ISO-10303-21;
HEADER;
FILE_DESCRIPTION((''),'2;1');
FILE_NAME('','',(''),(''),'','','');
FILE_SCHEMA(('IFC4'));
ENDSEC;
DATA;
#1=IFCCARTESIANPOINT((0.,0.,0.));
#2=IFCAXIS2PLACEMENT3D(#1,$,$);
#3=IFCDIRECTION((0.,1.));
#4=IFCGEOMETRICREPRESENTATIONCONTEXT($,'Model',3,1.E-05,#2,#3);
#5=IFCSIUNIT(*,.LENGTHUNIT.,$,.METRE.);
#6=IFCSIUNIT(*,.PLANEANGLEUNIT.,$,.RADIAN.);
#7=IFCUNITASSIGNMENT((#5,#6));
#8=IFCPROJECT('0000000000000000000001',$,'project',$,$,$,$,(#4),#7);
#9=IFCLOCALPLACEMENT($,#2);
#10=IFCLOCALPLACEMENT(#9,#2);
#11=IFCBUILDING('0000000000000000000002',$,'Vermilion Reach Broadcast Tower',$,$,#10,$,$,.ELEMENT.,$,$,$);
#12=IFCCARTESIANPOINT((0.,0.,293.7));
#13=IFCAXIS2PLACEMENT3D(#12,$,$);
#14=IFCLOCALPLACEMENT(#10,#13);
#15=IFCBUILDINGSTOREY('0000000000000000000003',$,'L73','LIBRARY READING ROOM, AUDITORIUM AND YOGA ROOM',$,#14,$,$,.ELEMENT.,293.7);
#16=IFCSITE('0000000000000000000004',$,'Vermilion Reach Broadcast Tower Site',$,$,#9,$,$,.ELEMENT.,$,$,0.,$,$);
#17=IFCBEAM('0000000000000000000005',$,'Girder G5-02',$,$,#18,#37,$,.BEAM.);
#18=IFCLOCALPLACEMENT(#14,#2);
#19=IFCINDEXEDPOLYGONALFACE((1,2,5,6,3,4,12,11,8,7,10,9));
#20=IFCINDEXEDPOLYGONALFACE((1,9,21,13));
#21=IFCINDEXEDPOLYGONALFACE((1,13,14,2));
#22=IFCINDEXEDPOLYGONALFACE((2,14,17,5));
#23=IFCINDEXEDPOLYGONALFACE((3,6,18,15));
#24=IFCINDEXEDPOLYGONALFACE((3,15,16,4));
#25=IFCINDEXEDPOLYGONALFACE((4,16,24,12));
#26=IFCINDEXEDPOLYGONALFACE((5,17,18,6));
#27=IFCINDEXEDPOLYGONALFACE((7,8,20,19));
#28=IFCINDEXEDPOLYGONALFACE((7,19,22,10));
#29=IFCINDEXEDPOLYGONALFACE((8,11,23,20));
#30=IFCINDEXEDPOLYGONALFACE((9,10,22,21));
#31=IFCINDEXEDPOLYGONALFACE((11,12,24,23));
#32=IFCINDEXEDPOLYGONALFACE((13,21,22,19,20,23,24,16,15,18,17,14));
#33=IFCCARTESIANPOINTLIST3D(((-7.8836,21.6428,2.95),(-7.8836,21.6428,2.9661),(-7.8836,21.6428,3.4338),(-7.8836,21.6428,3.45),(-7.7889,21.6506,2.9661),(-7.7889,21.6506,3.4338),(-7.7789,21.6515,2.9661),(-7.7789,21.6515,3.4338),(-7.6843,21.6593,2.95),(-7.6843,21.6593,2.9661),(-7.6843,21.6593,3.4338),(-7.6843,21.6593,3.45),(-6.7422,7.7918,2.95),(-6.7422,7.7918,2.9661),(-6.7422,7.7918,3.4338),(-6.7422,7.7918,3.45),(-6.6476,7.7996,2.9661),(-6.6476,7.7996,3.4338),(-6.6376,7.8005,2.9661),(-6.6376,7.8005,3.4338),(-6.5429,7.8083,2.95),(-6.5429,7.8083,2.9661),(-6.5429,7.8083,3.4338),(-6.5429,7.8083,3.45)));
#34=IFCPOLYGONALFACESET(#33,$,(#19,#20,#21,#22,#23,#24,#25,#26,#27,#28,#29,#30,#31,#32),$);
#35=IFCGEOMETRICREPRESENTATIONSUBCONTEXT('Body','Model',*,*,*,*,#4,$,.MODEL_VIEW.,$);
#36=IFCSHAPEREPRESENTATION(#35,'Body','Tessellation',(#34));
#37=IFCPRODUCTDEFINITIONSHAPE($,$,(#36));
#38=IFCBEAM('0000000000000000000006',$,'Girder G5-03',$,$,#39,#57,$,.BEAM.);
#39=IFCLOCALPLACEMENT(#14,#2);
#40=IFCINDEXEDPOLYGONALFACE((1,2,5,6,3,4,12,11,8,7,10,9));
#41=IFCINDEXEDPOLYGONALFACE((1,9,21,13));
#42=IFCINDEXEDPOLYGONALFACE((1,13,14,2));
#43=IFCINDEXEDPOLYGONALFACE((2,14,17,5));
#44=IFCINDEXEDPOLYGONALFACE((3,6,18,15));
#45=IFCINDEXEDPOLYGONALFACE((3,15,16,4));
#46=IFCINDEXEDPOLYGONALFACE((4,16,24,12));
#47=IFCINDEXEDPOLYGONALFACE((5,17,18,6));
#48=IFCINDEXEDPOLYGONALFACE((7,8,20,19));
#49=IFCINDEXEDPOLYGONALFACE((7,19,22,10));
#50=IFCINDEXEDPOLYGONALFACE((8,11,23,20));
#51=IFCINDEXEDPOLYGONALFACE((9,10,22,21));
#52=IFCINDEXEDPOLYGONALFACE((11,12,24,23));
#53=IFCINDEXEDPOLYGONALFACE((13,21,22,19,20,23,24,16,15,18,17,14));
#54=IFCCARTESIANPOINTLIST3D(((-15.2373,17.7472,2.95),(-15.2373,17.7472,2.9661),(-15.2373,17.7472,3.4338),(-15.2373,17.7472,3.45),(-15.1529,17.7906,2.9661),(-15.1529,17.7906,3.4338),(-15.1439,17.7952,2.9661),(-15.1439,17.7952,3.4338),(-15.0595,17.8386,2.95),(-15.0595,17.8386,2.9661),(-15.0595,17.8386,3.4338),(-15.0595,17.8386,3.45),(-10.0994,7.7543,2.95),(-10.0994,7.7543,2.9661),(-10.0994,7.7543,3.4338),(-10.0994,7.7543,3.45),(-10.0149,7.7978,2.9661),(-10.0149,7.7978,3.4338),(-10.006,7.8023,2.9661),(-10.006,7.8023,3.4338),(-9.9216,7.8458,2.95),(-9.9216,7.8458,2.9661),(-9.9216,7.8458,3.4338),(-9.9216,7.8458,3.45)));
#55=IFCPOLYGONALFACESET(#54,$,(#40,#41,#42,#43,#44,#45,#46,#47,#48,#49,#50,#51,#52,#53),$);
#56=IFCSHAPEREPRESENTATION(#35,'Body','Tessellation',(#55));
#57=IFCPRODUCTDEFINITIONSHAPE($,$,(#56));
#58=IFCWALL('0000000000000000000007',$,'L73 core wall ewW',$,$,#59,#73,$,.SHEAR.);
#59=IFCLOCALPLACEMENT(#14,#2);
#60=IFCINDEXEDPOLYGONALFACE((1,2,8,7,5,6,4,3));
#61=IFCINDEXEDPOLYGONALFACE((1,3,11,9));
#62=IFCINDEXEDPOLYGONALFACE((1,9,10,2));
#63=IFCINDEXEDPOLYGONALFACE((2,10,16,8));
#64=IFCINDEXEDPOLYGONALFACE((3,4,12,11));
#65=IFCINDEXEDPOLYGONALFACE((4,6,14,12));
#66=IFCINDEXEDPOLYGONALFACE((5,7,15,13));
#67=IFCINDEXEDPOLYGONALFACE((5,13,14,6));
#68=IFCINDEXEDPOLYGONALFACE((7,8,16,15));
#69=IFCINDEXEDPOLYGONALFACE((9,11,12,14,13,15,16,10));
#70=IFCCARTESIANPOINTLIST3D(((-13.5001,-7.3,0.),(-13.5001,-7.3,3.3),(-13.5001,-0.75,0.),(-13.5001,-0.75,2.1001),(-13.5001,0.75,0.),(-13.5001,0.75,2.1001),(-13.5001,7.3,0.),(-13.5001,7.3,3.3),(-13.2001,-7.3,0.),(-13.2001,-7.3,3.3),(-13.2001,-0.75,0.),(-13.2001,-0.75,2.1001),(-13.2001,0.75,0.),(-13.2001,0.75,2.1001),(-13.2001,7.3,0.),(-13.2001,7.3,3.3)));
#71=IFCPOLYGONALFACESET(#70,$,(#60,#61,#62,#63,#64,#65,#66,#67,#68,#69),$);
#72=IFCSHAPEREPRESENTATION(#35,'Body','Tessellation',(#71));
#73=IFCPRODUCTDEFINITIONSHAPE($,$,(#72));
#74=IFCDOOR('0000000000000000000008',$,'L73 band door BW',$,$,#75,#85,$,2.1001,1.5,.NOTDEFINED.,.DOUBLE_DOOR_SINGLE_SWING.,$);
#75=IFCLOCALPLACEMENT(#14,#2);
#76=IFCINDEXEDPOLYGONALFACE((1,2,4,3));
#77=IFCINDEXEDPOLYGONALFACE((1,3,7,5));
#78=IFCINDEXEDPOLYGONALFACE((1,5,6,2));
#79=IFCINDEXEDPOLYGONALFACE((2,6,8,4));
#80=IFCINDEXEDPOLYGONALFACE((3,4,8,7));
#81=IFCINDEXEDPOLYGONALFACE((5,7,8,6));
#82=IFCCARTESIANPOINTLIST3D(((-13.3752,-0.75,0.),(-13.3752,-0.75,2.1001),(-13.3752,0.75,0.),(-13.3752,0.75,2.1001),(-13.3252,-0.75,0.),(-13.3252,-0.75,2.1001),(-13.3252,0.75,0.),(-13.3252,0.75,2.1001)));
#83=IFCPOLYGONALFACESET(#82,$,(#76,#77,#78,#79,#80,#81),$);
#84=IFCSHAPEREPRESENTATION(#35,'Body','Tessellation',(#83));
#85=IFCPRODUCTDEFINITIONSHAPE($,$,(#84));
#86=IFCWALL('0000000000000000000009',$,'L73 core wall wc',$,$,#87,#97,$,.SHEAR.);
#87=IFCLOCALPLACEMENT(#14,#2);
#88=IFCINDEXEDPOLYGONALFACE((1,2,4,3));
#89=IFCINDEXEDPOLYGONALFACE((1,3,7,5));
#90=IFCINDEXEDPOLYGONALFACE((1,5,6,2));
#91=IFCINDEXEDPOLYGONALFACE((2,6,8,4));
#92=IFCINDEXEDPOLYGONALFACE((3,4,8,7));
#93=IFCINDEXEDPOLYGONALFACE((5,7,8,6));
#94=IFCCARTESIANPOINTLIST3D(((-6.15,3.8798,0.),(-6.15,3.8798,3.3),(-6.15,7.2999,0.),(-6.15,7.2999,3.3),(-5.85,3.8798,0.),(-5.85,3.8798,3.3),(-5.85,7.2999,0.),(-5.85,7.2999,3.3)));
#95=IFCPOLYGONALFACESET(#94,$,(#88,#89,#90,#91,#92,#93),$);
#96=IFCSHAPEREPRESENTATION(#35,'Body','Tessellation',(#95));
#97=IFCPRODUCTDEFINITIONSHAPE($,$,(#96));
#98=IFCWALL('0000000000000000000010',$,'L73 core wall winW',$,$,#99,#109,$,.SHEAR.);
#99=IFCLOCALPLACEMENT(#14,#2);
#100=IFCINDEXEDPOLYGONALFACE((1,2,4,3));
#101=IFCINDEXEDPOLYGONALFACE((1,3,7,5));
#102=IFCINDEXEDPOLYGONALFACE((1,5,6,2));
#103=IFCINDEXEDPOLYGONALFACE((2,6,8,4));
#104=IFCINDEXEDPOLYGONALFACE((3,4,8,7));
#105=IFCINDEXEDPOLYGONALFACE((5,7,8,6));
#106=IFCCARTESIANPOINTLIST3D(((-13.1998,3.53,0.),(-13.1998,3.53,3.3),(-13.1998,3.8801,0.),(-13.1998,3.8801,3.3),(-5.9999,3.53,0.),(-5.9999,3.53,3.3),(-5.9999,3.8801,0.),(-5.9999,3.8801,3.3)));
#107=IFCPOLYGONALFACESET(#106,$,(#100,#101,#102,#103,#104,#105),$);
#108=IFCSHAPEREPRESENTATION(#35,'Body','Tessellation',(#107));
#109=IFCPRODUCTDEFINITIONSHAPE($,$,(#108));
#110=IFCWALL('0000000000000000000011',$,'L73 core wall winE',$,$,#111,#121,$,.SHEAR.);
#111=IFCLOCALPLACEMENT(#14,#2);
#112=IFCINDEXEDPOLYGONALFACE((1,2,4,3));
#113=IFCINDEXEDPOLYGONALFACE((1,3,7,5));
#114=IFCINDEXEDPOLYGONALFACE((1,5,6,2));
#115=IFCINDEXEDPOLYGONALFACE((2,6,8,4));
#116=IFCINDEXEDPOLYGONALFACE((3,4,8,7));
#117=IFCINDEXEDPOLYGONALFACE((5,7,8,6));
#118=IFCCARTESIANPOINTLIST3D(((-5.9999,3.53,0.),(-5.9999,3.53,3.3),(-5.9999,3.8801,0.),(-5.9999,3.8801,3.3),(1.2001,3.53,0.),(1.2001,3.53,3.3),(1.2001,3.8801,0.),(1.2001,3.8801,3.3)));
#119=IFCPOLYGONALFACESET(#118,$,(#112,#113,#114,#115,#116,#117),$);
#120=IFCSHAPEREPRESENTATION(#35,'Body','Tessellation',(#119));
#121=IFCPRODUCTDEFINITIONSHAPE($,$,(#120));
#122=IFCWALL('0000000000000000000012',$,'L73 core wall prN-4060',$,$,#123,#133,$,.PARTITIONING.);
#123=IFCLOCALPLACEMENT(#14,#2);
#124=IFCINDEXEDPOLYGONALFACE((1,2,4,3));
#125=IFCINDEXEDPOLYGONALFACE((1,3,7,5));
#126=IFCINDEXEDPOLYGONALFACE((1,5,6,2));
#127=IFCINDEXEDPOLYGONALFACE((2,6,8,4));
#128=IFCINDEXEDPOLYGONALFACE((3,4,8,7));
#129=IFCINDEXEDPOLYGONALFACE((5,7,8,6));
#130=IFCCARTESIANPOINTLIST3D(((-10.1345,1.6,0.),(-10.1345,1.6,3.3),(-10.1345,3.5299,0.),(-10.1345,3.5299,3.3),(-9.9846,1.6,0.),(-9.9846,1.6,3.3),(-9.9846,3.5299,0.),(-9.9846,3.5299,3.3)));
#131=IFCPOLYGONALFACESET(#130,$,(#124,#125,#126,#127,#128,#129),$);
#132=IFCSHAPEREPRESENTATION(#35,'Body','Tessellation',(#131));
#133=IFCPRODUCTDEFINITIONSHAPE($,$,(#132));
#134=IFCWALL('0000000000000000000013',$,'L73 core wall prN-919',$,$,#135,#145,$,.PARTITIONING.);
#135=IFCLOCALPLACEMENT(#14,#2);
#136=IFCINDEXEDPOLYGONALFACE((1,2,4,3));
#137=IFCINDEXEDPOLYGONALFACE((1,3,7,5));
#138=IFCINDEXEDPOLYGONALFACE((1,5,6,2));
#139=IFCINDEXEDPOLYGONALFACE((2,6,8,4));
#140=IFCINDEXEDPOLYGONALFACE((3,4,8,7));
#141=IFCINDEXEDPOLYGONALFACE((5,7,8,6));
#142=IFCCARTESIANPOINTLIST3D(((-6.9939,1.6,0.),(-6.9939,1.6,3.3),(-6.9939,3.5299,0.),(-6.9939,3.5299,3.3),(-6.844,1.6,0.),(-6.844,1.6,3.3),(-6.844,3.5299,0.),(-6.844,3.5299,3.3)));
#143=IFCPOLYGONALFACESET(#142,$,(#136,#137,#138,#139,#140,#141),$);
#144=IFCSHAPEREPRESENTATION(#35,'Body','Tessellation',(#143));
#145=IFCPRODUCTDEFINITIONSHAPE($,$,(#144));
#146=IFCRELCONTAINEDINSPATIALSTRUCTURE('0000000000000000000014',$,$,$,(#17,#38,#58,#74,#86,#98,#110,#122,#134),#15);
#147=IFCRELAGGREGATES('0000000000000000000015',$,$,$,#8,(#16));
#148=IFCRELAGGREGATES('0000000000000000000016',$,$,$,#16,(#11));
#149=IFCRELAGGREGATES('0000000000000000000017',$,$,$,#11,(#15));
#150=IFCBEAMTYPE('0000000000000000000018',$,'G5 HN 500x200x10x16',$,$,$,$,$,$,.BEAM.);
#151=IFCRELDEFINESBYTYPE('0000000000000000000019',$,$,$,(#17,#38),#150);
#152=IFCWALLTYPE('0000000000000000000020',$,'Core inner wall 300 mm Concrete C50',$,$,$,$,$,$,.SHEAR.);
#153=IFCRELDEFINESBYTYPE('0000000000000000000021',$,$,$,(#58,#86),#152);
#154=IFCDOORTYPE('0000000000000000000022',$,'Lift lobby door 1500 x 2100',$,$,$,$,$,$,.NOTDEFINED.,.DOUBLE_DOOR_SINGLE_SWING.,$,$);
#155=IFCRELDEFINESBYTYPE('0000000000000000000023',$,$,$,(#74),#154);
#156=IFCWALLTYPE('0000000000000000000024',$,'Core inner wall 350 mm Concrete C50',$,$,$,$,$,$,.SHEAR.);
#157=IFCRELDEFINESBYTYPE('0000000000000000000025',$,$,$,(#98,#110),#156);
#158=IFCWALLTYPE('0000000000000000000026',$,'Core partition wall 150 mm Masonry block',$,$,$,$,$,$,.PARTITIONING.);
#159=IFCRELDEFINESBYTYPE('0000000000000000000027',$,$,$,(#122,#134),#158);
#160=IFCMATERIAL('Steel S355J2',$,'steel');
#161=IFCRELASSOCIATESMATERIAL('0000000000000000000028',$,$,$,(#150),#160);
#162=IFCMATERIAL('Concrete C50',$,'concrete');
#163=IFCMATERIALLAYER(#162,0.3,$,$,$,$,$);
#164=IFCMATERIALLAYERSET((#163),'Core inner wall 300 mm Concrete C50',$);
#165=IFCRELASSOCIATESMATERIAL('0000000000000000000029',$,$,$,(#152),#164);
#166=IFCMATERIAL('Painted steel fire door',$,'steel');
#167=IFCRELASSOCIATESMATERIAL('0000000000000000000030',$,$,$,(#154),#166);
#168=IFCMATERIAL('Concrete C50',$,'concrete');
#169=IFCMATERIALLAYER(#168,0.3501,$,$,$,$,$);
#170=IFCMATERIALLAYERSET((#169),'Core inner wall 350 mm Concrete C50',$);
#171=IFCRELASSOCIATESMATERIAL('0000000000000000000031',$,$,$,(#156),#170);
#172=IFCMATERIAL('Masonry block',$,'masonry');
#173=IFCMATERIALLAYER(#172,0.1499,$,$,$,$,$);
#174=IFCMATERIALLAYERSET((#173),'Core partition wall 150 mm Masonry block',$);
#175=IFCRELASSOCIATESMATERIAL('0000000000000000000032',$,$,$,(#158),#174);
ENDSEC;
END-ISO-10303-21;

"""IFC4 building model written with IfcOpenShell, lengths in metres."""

from ifc_helpers import new_model, si_unit, direction, frame, frame_2d, origin, origin_2d, place, context, subcontext, project, spatial, rectangle, i_section, extrude, material, layer, layer_set, material_profile, profile_set, type_object, element, fill, save


model = new_model("IFC4")

# Units and contexts
model_context = context("Model", 3, precision=1e-05, world=origin(), true_north=direction((0.0, 1.0)))
body_context = subcontext(model_context, "Body", "Model", "MODEL_VIEW")
ifc_project = project(units=[si_unit("LENGTHUNIT", "METRE"), si_unit("PLANEANGLEUNIT", "RADIAN")], contexts=[model_context])

# Site, building, storey
site_placement = place(None, origin())
site = spatial("IfcSite", under=ifc_project, at=site_placement, Name="Vermilion Reach Broadcast Tower Site", CompositionType="ELEMENT", RefElevation=0.0)
building_placement = place(site_placement, origin())
building = spatial("IfcBuilding", under=site, at=building_placement, Name="Vermilion Reach Broadcast Tower", CompositionType="ELEMENT")
storey_placement = place(building_placement, frame((0.0, 0.0, 293.7)))
storey = spatial("IfcBuildingStorey", under=building, at=storey_placement, Name="L73", Description="LIBRARY READING ROOM, AUDITORIUM AND YOGA ROOM", CompositionType="ELEMENT", Elevation=293.7)

# Beams
ifc_material_1 = material(Name="Steel S355J2", Category="steel")
ifc_material_profile = material_profile(ifc_material_1, i_section(OverallWidth=0.2, OverallDepth=0.5, WebThickness=0.01, FlangeThickness=0.0161, at=origin_2d()), Name="S355J2 HN 500x200x10x16")
ifc_profile_set = profile_set([ifc_material_profile], Name="Steel S355J2")
beam_type = type_object("IfcBeamType", Name="G5 HN 500x200x10x16", PredefinedType="BEAM", material=ifc_profile_set)
beam_1_placement = place(storey_placement, frame((-6.6426, 7.8, 3.2), z_axis=(-0.082124, 0.996622, 0.0), x_axis=(-0.996622, -0.082124, 0.0)))
element("IfcBeam", 1, at=beam_1_placement, inside=storey, type_object=beam_type, Name="Girder G5-02", PredefinedType="BEAM", context=body_context, shape_type="SweptSolid", body=[
    extrude(i_section(OverallWidth=0.2, OverallDepth=0.5, WebThickness=0.01, FlangeThickness=0.0161, at=origin_2d()), origin(), (0.0, 0.0, 1.0), 13.8979),
])
beam_2_placement = place(storey_placement, frame((-10.0105, 7.8, 3.2), z_axis=(-0.457258, 0.889334, 0.0), x_axis=(-0.889334, -0.457258, 0.0)))
element("IfcBeam", 2, at=beam_2_placement, inside=storey, type_object=beam_type, Name="Girder G5-03", PredefinedType="BEAM", context=body_context, shape_type="SweptSolid", body=[
    extrude(i_section(OverallWidth=0.2, OverallDepth=0.5, WebThickness=0.01, FlangeThickness=0.0161, at=origin_2d()), origin(), (0.0, 0.0, 1.0), 11.2363),
])

# Wall, opening, door
ifc_material_2 = material(Name="Concrete C50", Category="concrete")
ifc_layer_1 = layer(ifc_material_2, 0.3)
ifc_layer_set_1 = layer_set([ifc_layer_1], Name="Core inner wall 300 mm Concrete C50")
wall_type_1 = type_object("IfcWallType", Name="Core inner wall 300 mm Concrete C50", PredefinedType="SHEAR", material=ifc_layer_set_1)
wall_1_placement = place(storey_placement, frame((-13.3501, 7.3, 0.0), z_axis=(0.0, 0.0, 1.0), x_axis=(0.0, -1.0, 0.0)))
wall_1 = element("IfcWall", 3, at=wall_1_placement, inside=storey, type_object=wall_type_1, Name="L73 core wall ewW", PredefinedType="SHEAR", context=body_context, shape_type="SweptSolid", body=[
    extrude(rectangle(XDim=14.6001, YDim=0.3, at=frame_2d((7.3, 0.0))), origin(), (0.0, 0.0, 1.0), 3.3),
])
opening_1_placement = place(wall_1_placement, frame((6.55, 0.0, 0.0)))
opening_1 = element("IfcOpeningElement", 4, at=opening_1_placement, cuts=wall_1, PredefinedType="OPENING", context=body_context, shape_type="SweptSolid", body=[
    extrude(rectangle(XDim=1.5, YDim=2.1001, at=frame_2d((0.75, 1.05))), frame((0.0, 0.1599, 0.0), z_axis=(0.0, -1.0, 0.0), x_axis=(1.0, 0.0, 0.0)), (0.0, 0.0, 1.0), 0.3201),
])
ifc_material_3 = material(Name="Painted steel fire door", Category="steel")
door_type_1 = type_object("IfcDoorType", Name="Lift lobby door 1500 x 2100", OperationType="DOUBLE_DOOR_SINGLE_SWING", PredefinedType="NOTDEFINED", material=ifc_material_3)
door_1_placement = place(opening_1_placement, origin())
door_1 = element("IfcDoor", 5, at=door_1_placement, inside=storey, type_object=door_type_1, Name="L73 band door BW", OperationType="DOUBLE_DOOR_SINGLE_SWING", OverallHeight=2.1001, OverallWidth=1.5, PredefinedType="NOTDEFINED", context=body_context, shape_type="SweptSolid", body=[
    extrude(rectangle(XDim=1.5, YDim=2.1001, at=frame_2d((0.75, 1.05))), frame((0.0, 0.0249, 0.0), z_axis=(0.0, -1.0, 0.0), x_axis=(1.0, 0.0, 0.0)), (0.0, 0.0, 1.0), 0.05),
])
fill(opening_1, door_1)

# Walls
wall_2_placement = place(storey_placement, frame((-6.0, 3.8799, 0.0), z_axis=(0.0, 0.0, 1.0), x_axis=(0.0, 1.0, 0.0)))
element("IfcWall", 6, at=wall_2_placement, inside=storey, type_object=wall_type_1, Name="L73 core wall wc", PredefinedType="SHEAR", context=body_context, shape_type="SweptSolid", body=[
    extrude(rectangle(XDim=3.4202, YDim=0.3, at=frame_2d((1.71, 0.0))), origin(), (0.0, 0.0, 1.0), 3.3),
])
ifc_material_4 = material(Name="Concrete C50", Category="concrete")
ifc_layer_2 = layer(ifc_material_4, 0.3501)
ifc_layer_set_2 = layer_set([ifc_layer_2], Name="Core inner wall 350 mm Concrete C50")
wall_type_2 = type_object("IfcWallType", Name="Core inner wall 350 mm Concrete C50", PredefinedType="SHEAR", material=ifc_layer_set_2)
for number, where, z_axis, x_axis, name in (
    (7, (-13.2, 3.7051, 0.0), (0.0, 0.0, 1.0), (1.0, 0.0, 0.0), "L73 core wall winW"),
    (8, (-6.0, 3.7051, 0.0), (0.0, 0.0, 1.0), (1.0, 0.0, 0.0), "L73 core wall winE"),
):
    element("IfcWall", number, at=place(storey_placement, frame(where, z_axis=z_axis, x_axis=x_axis)), inside=storey, type_object=wall_type_2, Name=name, PredefinedType="SHEAR", context=body_context, shape_type="SweptSolid", body=[
        extrude(rectangle(XDim=7.2, YDim=0.3501, at=frame_2d((3.6001, 0.0))), origin(), (0.0, 0.0, 1.0), 3.3),
    ])
ifc_material_5 = material(Name="Masonry block", Category="masonry")
ifc_layer_3 = layer(ifc_material_5, 0.1499)
ifc_layer_set_3 = layer_set([ifc_layer_3], Name="Core partition wall 150 mm Masonry block")
wall_type_3 = type_object("IfcWallType", Name="Core partition wall 150 mm Masonry block", PredefinedType="PARTITIONING", material=ifc_layer_set_3)
for number, where, z_axis, x_axis, name in (
    (9, (-10.0596, 1.6001, 0.0), (0.0, 0.0, 1.0), (0.0, 1.0, 0.0), "L73 core wall prN-4060"),
    (10, (-6.9189, 1.6001, 0.0), (0.0, 0.0, 1.0), (0.0, 1.0, 0.0), "L73 core wall prN-919"),
):
    element("IfcWall", number, at=place(storey_placement, frame(where, z_axis=z_axis, x_axis=x_axis)), inside=storey, type_object=wall_type_3, Name=name, PredefinedType="PARTITIONING", context=body_context, shape_type="SweptSolid", body=[
        extrude(rectangle(XDim=1.9299, YDim=0.1499, at=frame_2d((0.9648, 0.0))), origin(), (0.0, 0.0, 1.0), 3.3),
    ])

save(model, "model.ifc")
